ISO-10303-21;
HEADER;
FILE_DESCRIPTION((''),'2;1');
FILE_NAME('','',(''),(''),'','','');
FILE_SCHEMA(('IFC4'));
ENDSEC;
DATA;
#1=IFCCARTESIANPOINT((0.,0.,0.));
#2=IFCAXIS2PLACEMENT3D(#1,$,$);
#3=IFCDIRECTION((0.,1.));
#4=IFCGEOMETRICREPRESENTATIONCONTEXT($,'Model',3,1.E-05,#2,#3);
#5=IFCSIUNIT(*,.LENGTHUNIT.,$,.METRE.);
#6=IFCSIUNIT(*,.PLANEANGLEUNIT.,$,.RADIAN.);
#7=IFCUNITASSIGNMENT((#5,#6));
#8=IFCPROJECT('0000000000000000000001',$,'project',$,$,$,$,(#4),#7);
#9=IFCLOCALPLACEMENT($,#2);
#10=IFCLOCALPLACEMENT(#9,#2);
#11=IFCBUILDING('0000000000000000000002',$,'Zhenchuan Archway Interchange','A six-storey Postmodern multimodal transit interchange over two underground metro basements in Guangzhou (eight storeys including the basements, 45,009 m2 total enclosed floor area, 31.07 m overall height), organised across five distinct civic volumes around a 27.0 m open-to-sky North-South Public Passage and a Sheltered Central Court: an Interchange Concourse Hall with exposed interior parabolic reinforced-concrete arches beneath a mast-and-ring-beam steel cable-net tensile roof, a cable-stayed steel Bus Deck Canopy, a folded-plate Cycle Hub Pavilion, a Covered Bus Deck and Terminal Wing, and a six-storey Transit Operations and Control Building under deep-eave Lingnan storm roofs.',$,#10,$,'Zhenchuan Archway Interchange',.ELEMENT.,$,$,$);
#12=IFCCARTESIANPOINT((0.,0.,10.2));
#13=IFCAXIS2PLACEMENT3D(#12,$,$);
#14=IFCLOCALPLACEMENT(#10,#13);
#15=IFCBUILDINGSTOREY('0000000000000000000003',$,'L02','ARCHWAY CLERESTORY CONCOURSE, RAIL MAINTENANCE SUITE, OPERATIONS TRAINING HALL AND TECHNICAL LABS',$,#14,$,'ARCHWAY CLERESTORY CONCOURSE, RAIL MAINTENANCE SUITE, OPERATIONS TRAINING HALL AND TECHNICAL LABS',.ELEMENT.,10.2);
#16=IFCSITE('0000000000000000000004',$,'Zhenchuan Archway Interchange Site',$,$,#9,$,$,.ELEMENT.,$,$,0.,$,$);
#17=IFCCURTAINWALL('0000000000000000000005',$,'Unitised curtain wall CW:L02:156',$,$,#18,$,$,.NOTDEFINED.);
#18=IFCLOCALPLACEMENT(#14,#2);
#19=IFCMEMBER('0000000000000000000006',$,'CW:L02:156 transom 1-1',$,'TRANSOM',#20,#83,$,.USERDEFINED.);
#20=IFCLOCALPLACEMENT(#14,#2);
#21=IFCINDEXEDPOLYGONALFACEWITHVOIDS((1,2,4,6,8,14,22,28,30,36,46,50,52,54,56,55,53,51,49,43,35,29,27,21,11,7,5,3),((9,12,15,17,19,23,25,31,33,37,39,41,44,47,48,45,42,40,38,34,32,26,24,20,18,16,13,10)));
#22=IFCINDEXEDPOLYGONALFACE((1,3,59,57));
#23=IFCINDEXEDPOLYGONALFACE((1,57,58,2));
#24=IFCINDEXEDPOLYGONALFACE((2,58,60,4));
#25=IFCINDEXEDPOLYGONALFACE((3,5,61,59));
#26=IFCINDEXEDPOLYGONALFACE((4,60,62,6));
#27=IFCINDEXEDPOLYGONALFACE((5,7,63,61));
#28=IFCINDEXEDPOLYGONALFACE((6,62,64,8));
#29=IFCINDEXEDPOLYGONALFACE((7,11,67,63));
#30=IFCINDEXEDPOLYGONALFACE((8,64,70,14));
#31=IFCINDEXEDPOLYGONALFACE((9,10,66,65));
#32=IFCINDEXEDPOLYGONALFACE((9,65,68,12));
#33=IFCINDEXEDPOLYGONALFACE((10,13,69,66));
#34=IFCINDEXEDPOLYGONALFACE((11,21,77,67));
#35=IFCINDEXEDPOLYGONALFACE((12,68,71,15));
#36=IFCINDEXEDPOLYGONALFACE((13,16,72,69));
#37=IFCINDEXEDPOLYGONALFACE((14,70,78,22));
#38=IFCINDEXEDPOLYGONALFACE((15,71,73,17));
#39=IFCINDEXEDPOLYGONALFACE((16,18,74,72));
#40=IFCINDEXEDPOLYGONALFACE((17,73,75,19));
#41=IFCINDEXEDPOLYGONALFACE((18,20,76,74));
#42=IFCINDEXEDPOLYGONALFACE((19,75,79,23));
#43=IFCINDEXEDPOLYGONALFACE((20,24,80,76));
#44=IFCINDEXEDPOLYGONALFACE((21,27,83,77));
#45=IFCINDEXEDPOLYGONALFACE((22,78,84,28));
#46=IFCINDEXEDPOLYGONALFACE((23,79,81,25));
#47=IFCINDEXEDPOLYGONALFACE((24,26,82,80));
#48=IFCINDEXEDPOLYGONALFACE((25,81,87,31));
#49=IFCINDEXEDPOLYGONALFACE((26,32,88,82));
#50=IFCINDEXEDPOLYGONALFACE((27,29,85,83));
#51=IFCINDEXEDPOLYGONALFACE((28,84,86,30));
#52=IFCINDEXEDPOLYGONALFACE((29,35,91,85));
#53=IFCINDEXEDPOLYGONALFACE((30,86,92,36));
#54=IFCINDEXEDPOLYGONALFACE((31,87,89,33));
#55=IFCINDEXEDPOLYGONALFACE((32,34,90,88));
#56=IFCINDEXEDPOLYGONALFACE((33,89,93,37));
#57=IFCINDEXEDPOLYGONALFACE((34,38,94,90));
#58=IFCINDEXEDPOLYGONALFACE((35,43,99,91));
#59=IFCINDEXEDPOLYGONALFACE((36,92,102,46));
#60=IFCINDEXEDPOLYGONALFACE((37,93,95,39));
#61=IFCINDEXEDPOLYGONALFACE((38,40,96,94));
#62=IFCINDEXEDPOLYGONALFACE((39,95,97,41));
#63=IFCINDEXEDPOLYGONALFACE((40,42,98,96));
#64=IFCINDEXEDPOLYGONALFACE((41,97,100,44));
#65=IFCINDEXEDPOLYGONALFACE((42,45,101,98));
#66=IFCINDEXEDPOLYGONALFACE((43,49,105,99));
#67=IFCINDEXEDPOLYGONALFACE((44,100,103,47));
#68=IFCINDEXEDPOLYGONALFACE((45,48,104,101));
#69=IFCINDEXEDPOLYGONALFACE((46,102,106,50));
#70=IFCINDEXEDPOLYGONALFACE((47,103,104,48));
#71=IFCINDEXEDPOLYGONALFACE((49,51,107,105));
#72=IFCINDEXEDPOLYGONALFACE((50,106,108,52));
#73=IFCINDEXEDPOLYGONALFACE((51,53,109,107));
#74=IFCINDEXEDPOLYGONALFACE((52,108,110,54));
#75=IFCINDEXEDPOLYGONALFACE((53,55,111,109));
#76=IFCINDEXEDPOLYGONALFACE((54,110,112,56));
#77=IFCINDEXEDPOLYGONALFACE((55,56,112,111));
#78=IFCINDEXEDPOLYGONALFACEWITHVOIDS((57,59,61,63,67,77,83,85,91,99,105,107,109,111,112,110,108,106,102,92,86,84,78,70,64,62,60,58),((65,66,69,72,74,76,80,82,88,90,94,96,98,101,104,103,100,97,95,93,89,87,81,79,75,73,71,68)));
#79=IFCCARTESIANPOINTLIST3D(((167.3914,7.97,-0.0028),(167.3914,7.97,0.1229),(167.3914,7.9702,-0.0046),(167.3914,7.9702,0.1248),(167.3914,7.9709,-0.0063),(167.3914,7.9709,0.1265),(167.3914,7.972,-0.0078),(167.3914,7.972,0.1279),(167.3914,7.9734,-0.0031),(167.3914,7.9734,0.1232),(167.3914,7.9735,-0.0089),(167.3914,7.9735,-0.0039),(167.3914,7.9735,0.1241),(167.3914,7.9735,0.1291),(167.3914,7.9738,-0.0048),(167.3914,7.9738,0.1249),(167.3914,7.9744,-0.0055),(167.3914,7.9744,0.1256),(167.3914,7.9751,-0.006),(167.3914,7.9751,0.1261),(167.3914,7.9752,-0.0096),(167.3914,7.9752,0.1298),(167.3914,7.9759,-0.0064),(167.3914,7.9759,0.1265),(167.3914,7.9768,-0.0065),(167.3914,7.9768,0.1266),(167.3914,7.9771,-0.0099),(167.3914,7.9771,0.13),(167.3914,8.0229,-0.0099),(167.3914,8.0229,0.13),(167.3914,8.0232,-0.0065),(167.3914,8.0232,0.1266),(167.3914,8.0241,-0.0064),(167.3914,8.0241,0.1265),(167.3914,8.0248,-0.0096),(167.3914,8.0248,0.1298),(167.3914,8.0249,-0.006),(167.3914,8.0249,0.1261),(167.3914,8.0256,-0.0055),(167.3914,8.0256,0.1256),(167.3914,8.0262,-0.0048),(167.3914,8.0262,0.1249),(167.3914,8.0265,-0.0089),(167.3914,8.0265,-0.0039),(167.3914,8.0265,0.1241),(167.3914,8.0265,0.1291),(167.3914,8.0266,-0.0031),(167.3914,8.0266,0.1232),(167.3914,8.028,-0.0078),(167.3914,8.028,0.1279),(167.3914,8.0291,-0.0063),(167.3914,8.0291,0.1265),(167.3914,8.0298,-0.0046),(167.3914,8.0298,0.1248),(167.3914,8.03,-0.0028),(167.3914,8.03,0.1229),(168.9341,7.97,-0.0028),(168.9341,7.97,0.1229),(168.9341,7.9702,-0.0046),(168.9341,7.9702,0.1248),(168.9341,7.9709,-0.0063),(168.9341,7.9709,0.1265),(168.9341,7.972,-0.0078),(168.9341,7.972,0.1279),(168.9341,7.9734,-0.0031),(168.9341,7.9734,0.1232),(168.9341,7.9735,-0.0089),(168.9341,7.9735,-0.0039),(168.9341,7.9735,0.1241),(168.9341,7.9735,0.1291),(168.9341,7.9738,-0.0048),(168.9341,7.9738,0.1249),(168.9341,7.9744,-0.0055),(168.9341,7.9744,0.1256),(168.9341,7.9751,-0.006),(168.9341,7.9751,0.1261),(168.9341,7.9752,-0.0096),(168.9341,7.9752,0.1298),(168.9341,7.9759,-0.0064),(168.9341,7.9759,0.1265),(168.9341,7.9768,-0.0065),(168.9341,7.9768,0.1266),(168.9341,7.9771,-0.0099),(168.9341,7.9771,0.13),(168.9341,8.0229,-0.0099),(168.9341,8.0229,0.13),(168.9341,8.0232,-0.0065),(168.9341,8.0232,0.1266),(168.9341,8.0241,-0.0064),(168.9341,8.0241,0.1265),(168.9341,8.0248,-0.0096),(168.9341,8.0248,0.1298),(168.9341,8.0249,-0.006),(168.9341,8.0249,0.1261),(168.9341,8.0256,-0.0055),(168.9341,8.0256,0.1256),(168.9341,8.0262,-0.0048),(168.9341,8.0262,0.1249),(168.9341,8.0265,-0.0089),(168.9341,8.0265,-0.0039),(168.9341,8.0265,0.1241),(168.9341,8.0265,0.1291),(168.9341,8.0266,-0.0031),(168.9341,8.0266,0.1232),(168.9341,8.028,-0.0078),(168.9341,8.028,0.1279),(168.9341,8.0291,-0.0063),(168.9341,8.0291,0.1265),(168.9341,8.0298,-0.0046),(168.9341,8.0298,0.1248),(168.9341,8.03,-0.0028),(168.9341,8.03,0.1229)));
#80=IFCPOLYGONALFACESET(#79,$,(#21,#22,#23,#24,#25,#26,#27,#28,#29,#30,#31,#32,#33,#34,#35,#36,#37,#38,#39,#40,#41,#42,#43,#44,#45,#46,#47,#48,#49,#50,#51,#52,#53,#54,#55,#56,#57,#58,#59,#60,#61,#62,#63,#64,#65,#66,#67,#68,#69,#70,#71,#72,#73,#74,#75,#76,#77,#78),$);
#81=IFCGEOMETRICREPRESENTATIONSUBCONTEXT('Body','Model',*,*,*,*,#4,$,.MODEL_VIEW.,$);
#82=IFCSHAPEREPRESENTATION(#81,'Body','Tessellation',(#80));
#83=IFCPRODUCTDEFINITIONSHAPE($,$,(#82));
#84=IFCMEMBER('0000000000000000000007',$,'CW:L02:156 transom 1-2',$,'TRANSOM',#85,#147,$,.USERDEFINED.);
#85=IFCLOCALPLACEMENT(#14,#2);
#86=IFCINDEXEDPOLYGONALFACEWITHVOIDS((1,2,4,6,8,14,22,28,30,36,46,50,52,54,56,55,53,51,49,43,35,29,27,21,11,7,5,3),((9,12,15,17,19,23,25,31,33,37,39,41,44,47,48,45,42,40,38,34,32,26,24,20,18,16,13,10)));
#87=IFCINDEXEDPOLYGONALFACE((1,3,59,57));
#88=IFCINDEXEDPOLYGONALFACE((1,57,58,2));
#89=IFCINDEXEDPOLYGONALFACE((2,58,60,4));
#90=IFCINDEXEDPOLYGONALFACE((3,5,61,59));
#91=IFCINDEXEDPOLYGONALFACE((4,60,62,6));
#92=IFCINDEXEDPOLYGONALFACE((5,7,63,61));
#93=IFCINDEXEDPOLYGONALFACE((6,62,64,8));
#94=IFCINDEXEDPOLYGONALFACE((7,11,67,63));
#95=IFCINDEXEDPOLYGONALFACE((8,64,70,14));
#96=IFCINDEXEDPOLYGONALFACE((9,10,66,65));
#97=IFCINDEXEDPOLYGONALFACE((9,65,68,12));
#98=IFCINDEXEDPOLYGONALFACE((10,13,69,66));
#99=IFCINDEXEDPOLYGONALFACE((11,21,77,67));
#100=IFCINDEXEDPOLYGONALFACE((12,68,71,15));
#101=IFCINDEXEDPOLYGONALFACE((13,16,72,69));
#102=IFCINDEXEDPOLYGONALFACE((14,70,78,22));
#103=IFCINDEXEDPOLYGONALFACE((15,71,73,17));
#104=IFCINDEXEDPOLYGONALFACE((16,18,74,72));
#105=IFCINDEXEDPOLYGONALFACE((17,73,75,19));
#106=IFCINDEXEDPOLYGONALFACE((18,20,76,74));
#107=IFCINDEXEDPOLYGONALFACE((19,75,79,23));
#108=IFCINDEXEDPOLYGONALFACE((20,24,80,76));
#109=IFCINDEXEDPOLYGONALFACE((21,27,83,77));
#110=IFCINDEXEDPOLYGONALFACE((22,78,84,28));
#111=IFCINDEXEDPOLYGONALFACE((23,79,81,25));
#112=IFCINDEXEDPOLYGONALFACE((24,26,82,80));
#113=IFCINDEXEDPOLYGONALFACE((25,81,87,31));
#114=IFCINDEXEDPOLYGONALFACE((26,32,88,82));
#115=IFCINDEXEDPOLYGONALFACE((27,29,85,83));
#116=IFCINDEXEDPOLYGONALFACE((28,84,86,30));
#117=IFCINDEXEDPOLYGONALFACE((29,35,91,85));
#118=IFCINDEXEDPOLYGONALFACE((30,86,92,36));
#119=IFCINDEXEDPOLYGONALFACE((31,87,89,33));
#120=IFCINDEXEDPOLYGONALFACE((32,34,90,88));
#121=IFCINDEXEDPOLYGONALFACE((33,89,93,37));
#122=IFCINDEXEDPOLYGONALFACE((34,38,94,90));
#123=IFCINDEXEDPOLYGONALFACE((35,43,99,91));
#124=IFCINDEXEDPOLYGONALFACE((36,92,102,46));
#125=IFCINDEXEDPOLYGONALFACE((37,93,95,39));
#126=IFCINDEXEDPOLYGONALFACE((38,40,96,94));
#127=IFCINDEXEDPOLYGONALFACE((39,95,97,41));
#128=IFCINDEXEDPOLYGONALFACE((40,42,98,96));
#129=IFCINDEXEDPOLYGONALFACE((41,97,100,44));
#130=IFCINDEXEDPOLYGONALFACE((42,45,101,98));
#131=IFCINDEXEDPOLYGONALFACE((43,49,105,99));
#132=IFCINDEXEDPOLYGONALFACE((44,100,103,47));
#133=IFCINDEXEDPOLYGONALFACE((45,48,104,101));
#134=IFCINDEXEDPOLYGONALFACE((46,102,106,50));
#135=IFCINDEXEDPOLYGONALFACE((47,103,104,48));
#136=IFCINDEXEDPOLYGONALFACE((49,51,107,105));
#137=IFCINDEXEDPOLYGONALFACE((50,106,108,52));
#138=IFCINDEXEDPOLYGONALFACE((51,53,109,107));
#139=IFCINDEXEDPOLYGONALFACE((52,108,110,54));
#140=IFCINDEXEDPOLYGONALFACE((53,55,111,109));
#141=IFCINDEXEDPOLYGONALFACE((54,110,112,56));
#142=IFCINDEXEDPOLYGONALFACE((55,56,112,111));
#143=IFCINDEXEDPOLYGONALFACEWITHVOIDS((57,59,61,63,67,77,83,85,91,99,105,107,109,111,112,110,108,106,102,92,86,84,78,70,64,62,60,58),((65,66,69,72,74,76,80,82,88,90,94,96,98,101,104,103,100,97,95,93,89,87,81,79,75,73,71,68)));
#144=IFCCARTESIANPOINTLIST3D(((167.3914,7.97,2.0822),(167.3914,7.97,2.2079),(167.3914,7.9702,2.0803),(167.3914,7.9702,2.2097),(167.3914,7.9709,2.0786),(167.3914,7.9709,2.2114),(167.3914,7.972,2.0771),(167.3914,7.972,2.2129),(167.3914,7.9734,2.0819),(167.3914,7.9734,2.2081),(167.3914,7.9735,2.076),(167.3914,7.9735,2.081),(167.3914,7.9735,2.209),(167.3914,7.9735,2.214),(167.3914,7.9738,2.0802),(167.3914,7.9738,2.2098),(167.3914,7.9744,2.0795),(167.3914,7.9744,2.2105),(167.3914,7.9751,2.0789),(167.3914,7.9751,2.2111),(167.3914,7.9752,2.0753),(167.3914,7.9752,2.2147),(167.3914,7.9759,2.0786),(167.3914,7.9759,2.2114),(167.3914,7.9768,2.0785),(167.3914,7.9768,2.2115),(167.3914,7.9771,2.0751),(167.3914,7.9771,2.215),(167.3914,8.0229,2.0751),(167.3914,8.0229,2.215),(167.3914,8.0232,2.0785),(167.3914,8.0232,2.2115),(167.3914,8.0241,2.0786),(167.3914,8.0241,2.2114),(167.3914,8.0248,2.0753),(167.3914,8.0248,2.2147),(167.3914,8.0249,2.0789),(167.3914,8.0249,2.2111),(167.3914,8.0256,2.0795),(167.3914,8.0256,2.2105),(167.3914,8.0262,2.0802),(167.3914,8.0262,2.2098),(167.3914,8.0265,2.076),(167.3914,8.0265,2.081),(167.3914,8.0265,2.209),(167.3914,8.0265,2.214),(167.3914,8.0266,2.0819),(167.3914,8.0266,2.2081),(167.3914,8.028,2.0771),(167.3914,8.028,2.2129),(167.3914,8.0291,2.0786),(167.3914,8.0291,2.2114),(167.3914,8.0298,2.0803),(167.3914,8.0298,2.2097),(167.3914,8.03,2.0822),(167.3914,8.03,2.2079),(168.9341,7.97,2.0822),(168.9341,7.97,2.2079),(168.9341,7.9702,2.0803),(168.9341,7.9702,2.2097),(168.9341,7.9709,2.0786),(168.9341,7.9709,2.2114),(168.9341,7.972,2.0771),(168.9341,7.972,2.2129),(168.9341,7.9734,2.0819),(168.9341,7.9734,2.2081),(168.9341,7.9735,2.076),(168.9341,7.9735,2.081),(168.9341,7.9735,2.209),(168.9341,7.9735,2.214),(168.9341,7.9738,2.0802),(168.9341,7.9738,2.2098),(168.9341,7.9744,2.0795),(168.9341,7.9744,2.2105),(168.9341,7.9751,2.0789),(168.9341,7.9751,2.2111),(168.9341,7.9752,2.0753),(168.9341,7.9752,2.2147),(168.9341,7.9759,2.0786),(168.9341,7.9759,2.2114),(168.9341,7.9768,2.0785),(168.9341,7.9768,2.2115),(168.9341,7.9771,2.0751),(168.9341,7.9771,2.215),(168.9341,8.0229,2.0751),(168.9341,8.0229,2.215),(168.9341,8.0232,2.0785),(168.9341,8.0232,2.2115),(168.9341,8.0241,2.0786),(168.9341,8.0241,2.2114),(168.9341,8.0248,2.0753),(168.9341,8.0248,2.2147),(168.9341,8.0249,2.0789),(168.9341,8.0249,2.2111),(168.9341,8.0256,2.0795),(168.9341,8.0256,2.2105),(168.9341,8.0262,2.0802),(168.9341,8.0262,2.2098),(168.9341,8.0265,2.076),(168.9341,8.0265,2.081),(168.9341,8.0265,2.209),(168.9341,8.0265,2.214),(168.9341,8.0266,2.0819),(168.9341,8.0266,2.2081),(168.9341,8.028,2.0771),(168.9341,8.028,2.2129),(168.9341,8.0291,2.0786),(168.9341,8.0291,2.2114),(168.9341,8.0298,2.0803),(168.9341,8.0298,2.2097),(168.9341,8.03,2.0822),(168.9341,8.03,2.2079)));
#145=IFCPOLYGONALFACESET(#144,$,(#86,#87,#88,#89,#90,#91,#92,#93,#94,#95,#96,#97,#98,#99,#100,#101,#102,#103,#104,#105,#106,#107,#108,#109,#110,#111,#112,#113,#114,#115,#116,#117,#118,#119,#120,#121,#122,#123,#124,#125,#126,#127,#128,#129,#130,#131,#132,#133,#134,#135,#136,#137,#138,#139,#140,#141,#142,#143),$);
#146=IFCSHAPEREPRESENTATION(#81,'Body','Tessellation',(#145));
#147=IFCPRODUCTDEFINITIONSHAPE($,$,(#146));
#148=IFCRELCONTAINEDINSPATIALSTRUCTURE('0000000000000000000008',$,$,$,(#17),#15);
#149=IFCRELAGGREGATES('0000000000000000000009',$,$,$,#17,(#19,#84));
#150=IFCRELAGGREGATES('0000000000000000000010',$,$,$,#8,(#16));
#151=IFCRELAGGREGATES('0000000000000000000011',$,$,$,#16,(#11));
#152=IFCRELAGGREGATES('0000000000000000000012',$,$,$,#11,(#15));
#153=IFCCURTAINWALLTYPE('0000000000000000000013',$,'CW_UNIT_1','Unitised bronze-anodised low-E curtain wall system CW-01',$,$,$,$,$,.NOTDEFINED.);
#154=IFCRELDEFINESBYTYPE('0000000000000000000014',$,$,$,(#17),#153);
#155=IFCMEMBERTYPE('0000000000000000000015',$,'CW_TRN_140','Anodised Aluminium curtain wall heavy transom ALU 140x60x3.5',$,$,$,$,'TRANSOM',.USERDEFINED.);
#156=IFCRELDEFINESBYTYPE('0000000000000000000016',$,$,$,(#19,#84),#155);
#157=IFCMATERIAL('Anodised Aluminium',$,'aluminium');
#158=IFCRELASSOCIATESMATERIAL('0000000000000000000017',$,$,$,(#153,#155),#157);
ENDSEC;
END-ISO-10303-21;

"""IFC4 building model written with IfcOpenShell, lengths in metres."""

from ifc_helpers import new_model, si_unit, direction, frame, origin, origin_2d, place, context, subcontext, project, spatial, hollow_rectangle, extrude, material, material_profile, profile_set, type_object, element, aggregate, save


model = new_model("IFC4")

# Units and contexts
model_context = context("Model", 3, precision=1e-05, world=origin(), true_north=direction((0.0, 1.0)))
body_context = subcontext(model_context, "Body", "Model", "MODEL_VIEW")
ifc_project = project(units=[si_unit("LENGTHUNIT", "METRE"), si_unit("PLANEANGLEUNIT", "RADIAN")], contexts=[model_context])

# Site, building, storey
site_placement = place(None, origin())
site = spatial("IfcSite", under=ifc_project, at=site_placement, Name="Zhenchuan Archway Interchange Site", CompositionType="ELEMENT", RefElevation=0.0)
building_placement = place(site_placement, origin())
building = spatial("IfcBuilding", under=site, at=building_placement, Name="Zhenchuan Archway Interchange", Description="A six-storey Postmodern multimodal transit interchange over two underground metro basements in Guangzhou (eight storeys including the basements, 45,009 m2 total enclosed floor area, 31.07 m overall height), organised across five distinct civic volumes around a 27.0 m open-to-sky North-South Public Passage and a Sheltered Central Court: an Interchange Concourse Hall with exposed interior parabolic reinforced-concrete arches beneath a mast-and-ring-beam steel cable-net tensile roof, a cable-stayed steel Bus Deck Canopy, a folded-plate Cycle Hub Pavilion, a Covered Bus Deck and Terminal Wing, and a six-storey Transit Operations and Control Building under deep-eave Lingnan storm roofs.", LongName="Zhenchuan Archway Interchange", CompositionType="ELEMENT")
storey_placement = place(building_placement, frame((0.0, 0.0, 10.2)))
storey = spatial("IfcBuildingStorey", under=building, at=storey_placement, Name="L02", Description="ARCHWAY CLERESTORY CONCOURSE, RAIL MAINTENANCE SUITE, OPERATIONS TRAINING HALL AND TECHNICAL LABS", LongName="ARCHWAY CLERESTORY CONCOURSE, RAIL MAINTENANCE SUITE, OPERATIONS TRAINING HALL AND TECHNICAL LABS", CompositionType="ELEMENT", Elevation=10.2)

# Curtain wall, members
ifc_material_1 = material(Name="Anodised Aluminium", Category="aluminium")
curtain_wall_type = type_object("IfcCurtainWallType", Name="CW_UNIT_1", Description="Unitised bronze-anodised low-E curtain wall system CW-01", PredefinedType="NOTDEFINED", material=ifc_material_1)
curtain_wall_placement = place(storey_placement, origin())
curtain_wall = element("IfcCurtainWall", 1, at=curtain_wall_placement, inside=storey, type_object=curtain_wall_type, Name="Unitised curtain wall CW:L02:156", PredefinedType="NOTDEFINED")
ifc_material_profile_1 = material_profile(ifc_material_1, hollow_rectangle(XDim=0.0601, YDim=0.1399, WallThickness=0.0034, InnerFilletRadius=0.0034, OuterFilletRadius=0.0071, at=origin_2d()), Name="ALU 140x60x3.5")
ifc_profile_set_1 = profile_set([ifc_material_profile_1], Name="Anodised Aluminium")
member_type_1 = type_object("IfcMemberType", Name="CW_TRN_140", Description="Anodised Aluminium curtain wall heavy transom ALU 140x60x3.5", ElementType="TRANSOM", PredefinedType="USERDEFINED", material=ifc_profile_set_1)
member_1_placement = place(storey_placement, frame((168.9341, 8.0, 0.0601), z_axis=(-1.0, 0.0, 0.0), x_axis=(0.0, -1.0, 0.0)))
member_1 = element("IfcMember", 2, at=member_1_placement, type_object=member_type_1, Name="CW:L02:156 transom 1-1", ObjectType="TRANSOM", PredefinedType="USERDEFINED", context=body_context, shape_type="SweptSolid", body=[
    extrude(hollow_rectangle(XDim=0.0601, YDim=0.1399, WallThickness=0.0034, InnerFilletRadius=0.0034, OuterFilletRadius=0.0071, at=origin_2d()), origin(), (0.0, 0.0, 1.0), 1.5427),
])
member_2_placement = place(storey_placement, frame((168.9341, 8.0, 2.145), z_axis=(-1.0, 0.0, 0.0), x_axis=(0.0, -1.0, 0.0)))
member_2 = element("IfcMember", 3, at=member_2_placement, type_object=member_type_1, Name="CW:L02:156 transom 1-2", ObjectType="TRANSOM", PredefinedType="USERDEFINED", context=body_context, shape_type="SweptSolid", body=[
    extrude(hollow_rectangle(XDim=0.0601, YDim=0.1399, WallThickness=0.0034, InnerFilletRadius=0.0034, OuterFilletRadius=0.0071, at=origin_2d()), origin(), (0.0, 0.0, 1.0), 1.5427),
])

aggregate(curtain_wall, [member_1, member_2])

save(model, "model.ifc")
